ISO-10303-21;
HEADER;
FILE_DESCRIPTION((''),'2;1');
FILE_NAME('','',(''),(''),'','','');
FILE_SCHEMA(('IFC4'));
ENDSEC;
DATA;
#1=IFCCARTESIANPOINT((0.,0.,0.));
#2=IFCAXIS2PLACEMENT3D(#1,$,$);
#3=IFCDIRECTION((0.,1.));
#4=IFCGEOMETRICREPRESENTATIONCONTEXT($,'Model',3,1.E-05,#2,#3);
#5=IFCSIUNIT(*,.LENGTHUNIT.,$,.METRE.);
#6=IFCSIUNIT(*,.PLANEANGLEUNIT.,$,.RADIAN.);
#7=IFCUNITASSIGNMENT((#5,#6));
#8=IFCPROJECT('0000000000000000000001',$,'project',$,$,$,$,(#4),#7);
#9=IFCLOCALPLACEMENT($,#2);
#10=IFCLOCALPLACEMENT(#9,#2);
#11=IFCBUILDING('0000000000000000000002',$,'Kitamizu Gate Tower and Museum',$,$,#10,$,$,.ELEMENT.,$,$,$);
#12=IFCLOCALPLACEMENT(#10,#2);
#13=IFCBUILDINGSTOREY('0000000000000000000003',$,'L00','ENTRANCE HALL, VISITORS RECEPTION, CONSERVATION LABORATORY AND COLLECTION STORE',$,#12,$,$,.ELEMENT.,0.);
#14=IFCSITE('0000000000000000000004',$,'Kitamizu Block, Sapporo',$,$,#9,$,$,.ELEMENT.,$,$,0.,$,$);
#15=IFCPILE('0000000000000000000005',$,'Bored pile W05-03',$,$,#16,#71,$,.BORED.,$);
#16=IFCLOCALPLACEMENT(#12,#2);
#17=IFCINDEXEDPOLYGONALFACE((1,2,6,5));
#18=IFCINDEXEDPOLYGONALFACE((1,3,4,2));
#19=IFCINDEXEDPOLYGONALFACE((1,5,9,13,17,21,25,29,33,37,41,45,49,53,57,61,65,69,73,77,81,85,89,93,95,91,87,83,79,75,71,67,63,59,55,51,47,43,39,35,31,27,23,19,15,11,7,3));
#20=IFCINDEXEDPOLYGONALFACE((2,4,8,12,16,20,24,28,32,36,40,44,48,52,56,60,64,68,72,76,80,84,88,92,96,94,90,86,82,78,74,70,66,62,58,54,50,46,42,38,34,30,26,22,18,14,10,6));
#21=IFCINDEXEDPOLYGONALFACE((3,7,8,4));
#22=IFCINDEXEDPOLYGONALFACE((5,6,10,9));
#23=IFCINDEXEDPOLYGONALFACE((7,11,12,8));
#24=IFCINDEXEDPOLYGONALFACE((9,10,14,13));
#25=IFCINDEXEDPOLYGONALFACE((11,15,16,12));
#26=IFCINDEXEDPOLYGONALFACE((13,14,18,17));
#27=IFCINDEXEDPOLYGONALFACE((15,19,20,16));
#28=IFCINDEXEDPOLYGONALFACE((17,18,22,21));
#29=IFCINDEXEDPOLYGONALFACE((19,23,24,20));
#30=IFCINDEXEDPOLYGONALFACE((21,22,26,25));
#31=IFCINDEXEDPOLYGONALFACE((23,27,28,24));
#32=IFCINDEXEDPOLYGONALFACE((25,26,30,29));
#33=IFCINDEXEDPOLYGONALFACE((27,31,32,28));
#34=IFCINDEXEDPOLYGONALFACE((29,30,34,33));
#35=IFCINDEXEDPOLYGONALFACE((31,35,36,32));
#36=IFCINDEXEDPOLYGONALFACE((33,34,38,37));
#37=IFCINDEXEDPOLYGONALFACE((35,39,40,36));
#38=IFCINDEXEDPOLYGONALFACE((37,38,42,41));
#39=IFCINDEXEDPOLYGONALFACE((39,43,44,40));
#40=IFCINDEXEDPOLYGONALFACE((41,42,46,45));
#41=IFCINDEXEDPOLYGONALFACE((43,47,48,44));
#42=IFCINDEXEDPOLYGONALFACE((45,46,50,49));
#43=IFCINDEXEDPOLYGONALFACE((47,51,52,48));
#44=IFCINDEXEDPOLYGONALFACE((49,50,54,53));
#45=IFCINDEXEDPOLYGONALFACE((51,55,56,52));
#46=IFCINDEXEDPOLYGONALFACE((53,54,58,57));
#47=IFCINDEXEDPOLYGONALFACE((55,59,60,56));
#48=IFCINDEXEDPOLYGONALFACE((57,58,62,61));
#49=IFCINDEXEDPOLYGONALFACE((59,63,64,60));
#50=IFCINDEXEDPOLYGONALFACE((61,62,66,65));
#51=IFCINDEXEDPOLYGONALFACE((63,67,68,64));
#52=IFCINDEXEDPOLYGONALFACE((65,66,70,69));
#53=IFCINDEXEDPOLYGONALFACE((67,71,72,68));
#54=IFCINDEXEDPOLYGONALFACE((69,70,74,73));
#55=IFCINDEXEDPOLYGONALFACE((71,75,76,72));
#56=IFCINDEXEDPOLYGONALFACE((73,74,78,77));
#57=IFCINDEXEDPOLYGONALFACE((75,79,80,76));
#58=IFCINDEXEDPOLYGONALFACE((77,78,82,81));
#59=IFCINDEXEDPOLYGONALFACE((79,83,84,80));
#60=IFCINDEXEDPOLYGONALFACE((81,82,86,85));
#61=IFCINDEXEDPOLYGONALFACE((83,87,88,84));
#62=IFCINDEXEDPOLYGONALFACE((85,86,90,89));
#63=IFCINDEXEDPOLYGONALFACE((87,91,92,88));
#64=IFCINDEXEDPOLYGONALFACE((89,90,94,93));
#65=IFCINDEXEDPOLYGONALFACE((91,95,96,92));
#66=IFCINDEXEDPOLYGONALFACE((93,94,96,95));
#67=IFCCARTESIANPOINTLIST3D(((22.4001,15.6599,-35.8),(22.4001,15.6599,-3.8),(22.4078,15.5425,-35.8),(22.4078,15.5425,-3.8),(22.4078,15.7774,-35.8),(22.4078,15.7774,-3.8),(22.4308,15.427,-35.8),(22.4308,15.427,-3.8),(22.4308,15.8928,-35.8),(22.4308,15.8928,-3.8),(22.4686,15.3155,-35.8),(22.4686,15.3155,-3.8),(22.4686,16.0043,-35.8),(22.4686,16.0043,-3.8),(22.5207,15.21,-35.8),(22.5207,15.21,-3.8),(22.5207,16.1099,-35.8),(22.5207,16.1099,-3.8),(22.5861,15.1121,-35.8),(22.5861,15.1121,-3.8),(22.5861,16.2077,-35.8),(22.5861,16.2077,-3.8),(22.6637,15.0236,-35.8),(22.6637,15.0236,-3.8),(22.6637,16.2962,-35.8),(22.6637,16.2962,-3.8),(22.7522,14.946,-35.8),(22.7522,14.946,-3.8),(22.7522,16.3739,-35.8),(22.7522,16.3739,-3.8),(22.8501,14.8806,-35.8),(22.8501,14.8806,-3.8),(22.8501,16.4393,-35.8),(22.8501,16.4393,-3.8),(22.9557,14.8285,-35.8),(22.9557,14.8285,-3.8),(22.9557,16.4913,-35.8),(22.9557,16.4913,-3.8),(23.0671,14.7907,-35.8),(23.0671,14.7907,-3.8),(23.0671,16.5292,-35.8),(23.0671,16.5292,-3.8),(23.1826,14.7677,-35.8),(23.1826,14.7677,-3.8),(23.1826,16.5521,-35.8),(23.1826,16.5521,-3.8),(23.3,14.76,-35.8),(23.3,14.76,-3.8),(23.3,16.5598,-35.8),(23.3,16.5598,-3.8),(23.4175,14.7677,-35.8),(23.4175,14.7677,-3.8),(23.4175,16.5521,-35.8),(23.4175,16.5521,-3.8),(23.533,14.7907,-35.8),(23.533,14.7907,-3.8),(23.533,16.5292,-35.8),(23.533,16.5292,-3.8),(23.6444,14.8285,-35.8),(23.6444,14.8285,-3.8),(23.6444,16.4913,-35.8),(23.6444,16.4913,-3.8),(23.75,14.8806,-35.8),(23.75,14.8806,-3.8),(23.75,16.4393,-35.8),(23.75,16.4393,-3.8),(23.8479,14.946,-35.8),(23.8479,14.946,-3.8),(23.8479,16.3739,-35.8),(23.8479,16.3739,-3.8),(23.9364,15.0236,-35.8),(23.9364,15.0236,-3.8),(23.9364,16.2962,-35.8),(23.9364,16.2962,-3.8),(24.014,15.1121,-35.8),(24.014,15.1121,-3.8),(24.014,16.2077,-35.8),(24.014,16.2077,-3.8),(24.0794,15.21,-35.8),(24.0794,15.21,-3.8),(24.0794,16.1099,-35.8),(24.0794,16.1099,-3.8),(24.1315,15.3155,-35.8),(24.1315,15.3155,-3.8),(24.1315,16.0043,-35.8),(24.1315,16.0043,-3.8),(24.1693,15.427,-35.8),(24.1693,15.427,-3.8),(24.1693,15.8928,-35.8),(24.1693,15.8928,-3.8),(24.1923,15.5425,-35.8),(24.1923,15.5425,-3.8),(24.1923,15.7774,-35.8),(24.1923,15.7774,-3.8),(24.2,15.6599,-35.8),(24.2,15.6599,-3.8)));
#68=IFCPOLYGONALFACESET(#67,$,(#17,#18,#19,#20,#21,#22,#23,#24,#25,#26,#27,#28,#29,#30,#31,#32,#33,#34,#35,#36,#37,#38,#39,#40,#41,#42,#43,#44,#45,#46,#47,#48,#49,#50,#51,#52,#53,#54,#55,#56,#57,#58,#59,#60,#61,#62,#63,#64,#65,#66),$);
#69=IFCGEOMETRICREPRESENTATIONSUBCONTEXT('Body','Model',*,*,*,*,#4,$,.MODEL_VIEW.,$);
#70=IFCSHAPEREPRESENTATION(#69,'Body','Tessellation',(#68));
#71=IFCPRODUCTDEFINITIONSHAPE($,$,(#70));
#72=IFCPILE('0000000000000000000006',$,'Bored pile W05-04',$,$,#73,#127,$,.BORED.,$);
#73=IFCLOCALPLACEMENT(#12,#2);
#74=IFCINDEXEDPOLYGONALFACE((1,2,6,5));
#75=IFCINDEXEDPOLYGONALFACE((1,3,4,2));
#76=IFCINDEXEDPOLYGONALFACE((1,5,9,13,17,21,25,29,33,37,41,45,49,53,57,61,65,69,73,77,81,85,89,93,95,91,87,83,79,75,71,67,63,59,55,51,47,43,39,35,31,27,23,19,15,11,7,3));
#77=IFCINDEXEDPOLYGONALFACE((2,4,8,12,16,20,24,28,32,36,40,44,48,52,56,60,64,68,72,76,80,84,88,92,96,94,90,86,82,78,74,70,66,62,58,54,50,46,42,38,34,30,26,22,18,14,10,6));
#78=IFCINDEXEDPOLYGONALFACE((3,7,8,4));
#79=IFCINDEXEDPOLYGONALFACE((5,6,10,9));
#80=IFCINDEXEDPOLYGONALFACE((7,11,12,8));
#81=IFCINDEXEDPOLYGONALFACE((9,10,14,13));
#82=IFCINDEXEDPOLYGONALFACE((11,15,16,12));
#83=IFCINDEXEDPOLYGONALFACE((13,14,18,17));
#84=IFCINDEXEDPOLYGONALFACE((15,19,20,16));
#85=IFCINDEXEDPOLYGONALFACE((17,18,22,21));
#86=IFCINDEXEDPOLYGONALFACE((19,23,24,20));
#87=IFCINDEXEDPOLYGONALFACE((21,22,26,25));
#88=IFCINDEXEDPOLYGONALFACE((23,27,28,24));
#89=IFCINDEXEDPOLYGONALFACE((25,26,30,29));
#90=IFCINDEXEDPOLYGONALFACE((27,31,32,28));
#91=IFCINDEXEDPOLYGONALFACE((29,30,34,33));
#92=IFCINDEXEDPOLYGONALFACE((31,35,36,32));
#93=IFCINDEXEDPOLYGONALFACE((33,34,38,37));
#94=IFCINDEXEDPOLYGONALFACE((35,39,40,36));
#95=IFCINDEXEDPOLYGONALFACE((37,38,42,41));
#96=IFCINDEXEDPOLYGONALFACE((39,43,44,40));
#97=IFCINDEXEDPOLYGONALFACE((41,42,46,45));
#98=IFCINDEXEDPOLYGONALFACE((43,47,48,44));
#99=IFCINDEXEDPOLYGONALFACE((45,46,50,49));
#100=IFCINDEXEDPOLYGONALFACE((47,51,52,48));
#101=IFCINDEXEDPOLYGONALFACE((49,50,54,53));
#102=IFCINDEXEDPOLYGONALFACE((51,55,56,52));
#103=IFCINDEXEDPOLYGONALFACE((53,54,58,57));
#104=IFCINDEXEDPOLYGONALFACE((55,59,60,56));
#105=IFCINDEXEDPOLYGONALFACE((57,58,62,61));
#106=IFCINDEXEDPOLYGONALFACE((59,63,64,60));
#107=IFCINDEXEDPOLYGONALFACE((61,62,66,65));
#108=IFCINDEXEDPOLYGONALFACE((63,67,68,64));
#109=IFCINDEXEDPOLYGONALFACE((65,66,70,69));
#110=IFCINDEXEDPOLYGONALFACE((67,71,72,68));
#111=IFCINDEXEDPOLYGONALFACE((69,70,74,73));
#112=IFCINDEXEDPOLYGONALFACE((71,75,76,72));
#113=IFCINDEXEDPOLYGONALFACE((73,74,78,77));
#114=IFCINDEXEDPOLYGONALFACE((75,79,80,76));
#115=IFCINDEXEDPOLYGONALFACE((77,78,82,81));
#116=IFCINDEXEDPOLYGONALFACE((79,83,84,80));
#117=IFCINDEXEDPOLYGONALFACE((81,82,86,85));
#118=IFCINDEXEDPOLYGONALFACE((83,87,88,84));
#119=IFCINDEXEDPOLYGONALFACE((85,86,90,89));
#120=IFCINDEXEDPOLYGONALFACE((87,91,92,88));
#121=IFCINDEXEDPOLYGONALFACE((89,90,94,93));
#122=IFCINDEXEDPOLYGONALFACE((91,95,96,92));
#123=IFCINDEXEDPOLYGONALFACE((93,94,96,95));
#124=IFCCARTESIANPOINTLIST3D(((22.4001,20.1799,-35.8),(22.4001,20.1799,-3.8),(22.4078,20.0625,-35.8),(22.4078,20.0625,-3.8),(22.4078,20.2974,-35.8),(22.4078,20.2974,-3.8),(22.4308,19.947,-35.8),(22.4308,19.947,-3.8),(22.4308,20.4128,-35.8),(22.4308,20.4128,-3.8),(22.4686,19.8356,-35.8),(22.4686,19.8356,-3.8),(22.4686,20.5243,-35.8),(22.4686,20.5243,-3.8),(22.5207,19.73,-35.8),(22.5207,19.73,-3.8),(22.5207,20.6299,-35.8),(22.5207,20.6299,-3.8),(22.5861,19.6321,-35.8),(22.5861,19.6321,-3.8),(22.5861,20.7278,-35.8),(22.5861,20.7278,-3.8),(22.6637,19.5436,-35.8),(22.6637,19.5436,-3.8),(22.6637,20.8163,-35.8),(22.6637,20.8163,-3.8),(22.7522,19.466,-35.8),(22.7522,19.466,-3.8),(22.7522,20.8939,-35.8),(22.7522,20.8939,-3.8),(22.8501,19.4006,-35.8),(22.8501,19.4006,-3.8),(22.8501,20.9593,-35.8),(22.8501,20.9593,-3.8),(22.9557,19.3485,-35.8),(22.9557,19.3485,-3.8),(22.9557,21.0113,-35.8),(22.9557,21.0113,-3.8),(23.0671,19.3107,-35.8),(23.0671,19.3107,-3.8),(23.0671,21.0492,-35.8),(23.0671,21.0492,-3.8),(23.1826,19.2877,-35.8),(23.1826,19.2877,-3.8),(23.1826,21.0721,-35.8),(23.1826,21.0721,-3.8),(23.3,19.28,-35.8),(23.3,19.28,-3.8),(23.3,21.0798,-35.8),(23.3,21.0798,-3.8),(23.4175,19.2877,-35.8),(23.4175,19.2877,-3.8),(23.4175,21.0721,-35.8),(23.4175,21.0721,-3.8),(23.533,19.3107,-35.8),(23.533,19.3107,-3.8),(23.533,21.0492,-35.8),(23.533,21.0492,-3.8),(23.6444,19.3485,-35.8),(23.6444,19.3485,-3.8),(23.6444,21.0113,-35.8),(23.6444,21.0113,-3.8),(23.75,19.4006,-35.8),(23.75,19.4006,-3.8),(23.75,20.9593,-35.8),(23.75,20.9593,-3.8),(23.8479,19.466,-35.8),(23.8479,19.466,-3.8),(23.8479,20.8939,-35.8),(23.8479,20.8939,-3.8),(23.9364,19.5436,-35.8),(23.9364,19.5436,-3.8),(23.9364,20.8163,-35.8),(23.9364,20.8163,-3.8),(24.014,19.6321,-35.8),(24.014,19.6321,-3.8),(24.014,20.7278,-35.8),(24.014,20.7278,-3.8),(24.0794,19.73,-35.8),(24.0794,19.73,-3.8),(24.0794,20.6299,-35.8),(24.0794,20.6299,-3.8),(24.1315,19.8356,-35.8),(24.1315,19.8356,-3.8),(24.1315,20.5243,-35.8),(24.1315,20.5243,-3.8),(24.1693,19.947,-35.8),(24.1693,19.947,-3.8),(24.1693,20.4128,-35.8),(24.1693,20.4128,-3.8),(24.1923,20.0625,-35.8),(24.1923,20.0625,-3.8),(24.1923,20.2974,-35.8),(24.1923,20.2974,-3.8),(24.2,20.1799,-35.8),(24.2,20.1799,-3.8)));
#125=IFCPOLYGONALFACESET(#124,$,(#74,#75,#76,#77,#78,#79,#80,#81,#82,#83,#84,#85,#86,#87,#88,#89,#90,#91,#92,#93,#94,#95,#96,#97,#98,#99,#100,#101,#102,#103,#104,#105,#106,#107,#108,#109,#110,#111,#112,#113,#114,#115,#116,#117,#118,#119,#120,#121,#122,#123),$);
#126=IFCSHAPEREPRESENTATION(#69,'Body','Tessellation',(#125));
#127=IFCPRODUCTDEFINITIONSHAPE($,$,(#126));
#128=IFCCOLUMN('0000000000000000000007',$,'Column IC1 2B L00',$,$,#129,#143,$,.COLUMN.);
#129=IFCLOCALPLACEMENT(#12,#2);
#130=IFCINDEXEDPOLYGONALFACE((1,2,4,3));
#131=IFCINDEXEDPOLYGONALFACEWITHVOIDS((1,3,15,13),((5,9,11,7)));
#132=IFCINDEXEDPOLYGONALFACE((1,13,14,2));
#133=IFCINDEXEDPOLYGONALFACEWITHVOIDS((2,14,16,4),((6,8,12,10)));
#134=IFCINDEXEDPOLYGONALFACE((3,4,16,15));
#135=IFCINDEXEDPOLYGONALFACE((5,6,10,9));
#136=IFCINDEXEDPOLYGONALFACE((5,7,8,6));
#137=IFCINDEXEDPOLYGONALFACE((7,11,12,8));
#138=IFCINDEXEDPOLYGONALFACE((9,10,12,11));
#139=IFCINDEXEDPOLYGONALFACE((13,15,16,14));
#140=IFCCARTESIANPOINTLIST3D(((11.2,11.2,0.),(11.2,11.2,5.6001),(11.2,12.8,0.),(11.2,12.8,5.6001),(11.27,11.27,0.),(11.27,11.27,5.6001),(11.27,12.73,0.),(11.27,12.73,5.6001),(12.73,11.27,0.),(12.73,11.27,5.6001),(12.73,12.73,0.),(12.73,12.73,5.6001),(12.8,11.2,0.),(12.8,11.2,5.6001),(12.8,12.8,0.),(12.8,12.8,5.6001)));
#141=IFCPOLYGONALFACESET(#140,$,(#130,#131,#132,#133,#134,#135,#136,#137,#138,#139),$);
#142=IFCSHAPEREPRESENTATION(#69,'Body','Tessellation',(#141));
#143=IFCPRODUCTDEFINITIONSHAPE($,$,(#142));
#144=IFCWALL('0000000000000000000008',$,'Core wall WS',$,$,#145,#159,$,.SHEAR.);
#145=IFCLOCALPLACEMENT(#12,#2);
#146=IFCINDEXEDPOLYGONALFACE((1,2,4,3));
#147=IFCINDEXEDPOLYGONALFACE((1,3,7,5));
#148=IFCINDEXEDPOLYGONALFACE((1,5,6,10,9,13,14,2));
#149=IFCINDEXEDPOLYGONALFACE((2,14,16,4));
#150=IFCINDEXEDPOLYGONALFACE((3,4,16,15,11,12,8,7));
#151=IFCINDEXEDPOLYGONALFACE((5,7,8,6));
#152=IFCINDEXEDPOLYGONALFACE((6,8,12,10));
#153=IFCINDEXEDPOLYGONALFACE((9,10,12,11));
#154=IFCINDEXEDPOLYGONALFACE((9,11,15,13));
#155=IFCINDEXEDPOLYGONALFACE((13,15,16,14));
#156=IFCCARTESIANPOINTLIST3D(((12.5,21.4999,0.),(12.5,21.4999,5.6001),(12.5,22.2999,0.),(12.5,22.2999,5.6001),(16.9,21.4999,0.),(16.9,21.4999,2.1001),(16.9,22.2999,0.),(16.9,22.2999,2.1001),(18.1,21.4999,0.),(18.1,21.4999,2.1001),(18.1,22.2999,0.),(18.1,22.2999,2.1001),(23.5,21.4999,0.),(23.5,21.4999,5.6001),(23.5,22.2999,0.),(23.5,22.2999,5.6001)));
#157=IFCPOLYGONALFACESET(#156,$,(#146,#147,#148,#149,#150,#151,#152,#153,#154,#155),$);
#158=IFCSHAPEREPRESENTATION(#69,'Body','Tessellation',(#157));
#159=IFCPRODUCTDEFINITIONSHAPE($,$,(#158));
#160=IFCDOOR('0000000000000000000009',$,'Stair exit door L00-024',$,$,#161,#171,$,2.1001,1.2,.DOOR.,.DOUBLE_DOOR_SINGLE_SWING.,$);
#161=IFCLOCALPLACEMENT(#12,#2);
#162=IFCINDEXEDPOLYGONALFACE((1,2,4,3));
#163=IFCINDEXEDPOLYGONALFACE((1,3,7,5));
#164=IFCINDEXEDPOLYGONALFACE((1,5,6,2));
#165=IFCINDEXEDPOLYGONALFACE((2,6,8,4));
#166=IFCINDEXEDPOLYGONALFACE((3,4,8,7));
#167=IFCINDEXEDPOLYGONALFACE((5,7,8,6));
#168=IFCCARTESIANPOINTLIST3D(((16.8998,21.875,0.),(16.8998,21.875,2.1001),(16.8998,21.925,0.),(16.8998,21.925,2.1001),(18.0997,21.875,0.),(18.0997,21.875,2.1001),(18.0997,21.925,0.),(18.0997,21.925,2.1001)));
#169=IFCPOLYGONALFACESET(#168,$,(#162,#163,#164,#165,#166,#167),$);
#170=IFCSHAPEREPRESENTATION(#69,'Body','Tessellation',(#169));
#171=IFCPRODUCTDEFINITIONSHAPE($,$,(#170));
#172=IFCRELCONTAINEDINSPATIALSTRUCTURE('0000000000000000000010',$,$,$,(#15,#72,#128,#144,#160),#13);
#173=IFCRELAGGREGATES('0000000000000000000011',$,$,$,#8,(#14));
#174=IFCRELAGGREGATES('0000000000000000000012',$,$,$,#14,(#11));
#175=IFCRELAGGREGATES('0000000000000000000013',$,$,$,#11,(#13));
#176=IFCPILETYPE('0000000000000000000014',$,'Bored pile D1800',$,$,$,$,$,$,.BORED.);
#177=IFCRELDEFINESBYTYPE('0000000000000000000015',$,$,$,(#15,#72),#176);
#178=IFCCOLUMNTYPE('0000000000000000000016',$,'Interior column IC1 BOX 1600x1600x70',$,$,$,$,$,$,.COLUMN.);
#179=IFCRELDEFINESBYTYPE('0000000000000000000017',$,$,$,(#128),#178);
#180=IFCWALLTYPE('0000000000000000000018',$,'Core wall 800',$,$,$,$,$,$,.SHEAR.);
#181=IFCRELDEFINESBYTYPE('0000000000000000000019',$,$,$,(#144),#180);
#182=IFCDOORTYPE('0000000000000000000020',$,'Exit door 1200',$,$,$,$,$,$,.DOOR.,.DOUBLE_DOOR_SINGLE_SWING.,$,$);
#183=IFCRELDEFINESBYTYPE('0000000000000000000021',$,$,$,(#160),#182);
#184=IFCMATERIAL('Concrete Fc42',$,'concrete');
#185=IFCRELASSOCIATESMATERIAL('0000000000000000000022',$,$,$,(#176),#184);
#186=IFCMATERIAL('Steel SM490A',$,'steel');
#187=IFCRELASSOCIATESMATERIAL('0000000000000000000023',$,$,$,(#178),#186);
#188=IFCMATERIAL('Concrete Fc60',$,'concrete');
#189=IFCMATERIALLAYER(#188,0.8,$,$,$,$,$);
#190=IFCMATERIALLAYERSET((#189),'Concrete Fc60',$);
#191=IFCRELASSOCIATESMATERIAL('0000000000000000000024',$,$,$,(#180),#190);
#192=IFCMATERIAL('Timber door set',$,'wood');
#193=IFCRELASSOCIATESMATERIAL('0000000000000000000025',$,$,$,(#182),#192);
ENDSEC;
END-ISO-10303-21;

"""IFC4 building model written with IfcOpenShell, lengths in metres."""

from ifc_helpers import new_model, si_unit, direction, frame, frame_2d, origin, origin_2d, place, context, subcontext, project, spatial, rectangle, hollow_rectangle, circle, extrude, material, layer, layer_set, material_profile, profile_set, type_object, element, fill, save


model = new_model("IFC4")

# Units and contexts
model_context = context("Model", 3, precision=1e-05, world=origin(), true_north=direction((0.0, 1.0)))
body_context = subcontext(model_context, "Body", "Model", "MODEL_VIEW")
ifc_project = project(units=[si_unit("LENGTHUNIT", "METRE"), si_unit("PLANEANGLEUNIT", "RADIAN")], contexts=[model_context])

# Site, building, storey
site_placement = place(None, origin())
site = spatial("IfcSite", under=ifc_project, at=site_placement, Name="Kitamizu Block, Sapporo", CompositionType="ELEMENT", RefElevation=0.0)
building_placement = place(site_placement, origin())
building = spatial("IfcBuilding", under=site, at=building_placement, Name="Kitamizu Gate Tower and Museum", CompositionType="ELEMENT")
storey_placement = place(building_placement, origin())
storey = spatial("IfcBuildingStorey", under=building, at=storey_placement, Name="L00", Description="ENTRANCE HALL, VISITORS RECEPTION, CONSERVATION LABORATORY AND COLLECTION STORE", CompositionType="ELEMENT", Elevation=0.0)

# Piles
ifc_material_1 = material(Name="Concrete Fc42", Category="concrete")
ifc_material_profile_1 = material_profile(ifc_material_1, circle(Radius=0.8999, at=origin_2d()), Name="Bored pile D1800")
ifc_profile_set_1 = profile_set([ifc_material_profile_1], Name="Concrete Fc42")
pile_type = type_object("IfcPileType", Name="Bored pile D1800", PredefinedType="BORED", material=ifc_profile_set_1)
for number, where, z_axis, x_axis, name in (
    (1, (23.3, 15.6599, -3.8), (0.0, 0.0, -1.0), (1.0, 0.0, 0.0), "Bored pile W05-03"),
    (2, (23.3, 20.1799, -3.8), (0.0, 0.0, -1.0), (1.0, 0.0, 0.0), "Bored pile W05-04"),
):
    element("IfcPile", number, at=place(storey_placement, frame(where, z_axis=z_axis, x_axis=x_axis)), inside=storey, type_object=pile_type, Name=name, PredefinedType="BORED", context=body_context, shape_type="SweptSolid", body=[
        extrude(circle(Radius=0.8999, at=origin_2d()), origin(), (0.0, 0.0, 1.0), 32.0),
    ])

# Column
ifc_material_2 = material(Name="Steel SM490A", Category="steel")
ifc_material_profile_2 = material_profile(ifc_material_2, hollow_rectangle(XDim=1.6001, YDim=1.6001, WallThickness=0.0701, at=origin_2d()), Name="BOX 1600x1600x70")
ifc_profile_set_2 = profile_set([ifc_material_profile_2], Name="Steel SM490A")
column_type = type_object("IfcColumnType", Name="Interior column IC1 BOX 1600x1600x70", PredefinedType="COLUMN", material=ifc_profile_set_2)
column_placement = place(storey_placement, frame((12.0, 12.0, 0.0), z_axis=(0.0, 0.0, 1.0), x_axis=(1.0, 0.0, 0.0)))
element("IfcColumn", 3, at=column_placement, inside=storey, type_object=column_type, Name="Column IC1 2B L00", PredefinedType="COLUMN", context=body_context, shape_type="SweptSolid", body=[
    extrude(hollow_rectangle(XDim=1.6001, YDim=1.6001, WallThickness=0.0701, at=origin_2d()), origin(), (0.0, 0.0, 1.0), 5.6001),
])

# Wall, opening, door
ifc_material_3 = material(Name="Concrete Fc60", Category="concrete")
ifc_layer_1 = layer(ifc_material_3, 0.8)
ifc_layer_set_1 = layer_set([ifc_layer_1], Name="Concrete Fc60")
wall_type_1 = type_object("IfcWallType", Name="Core wall 800", PredefinedType="SHEAR", material=ifc_layer_set_1)
wall_1_placement = place(storey_placement, frame((12.5, 21.8999, 0.0), z_axis=(0.0, 0.0, 1.0), x_axis=(1.0, 0.0, 0.0)))
wall_1 = element("IfcWall", 4, at=wall_1_placement, inside=storey, type_object=wall_type_1, Name="Core wall WS", PredefinedType="SHEAR", context=body_context, shape_type="SweptSolid", body=[
    extrude(rectangle(XDim=11.0, YDim=0.8, at=frame_2d((5.5, 0.0))), origin(), (0.0, 0.0, 1.0), 5.6001),
])
opening_1_placement = place(wall_1_placement, frame((4.3999, 0.0, 0.0)))
opening_1 = element("IfcOpeningElement", 5, at=opening_1_placement, cuts=wall_1, PredefinedType="OPENING", context=body_context, shape_type="SweptSolid", body=[
    extrude(rectangle(XDim=1.2, YDim=2.1001, at=frame_2d((0.6001, 1.05))), frame((0.0, 0.4102, 0.0), z_axis=(0.0, -1.0, 0.0), x_axis=(1.0, 0.0, 0.0)), (0.0, 0.0, 1.0), 0.8201),
])
ifc_material_4 = material(Name="Timber door set", Category="wood")
door_type_1 = type_object("IfcDoorType", Name="Exit door 1200", OperationType="DOUBLE_DOOR_SINGLE_SWING", PredefinedType="DOOR", material=ifc_material_4)
door_1_placement = place(opening_1_placement, frame((1.2, 0.0, 0.0), x_axis=(-1.0, 0.0, 0.0)))
door_1 = element("IfcDoor", 6, at=door_1_placement, inside=storey, type_object=door_type_1, Name="Stair exit door L00-024", OperationType="DOUBLE_DOOR_SINGLE_SWING", OverallHeight=2.1001, OverallWidth=1.2, PredefinedType="DOOR", context=body_context, shape_type="SweptSolid", body=[
    extrude(rectangle(XDim=1.2, YDim=2.1001, at=frame_2d((0.6001, 1.05))), frame((0.0, 0.0249, 0.0), z_axis=(0.0, -1.0, 0.0), x_axis=(1.0, 0.0, 0.0)), (0.0, 0.0, 1.0), 0.05),
])
fill(opening_1, door_1)

save(model, "model.ifc")
